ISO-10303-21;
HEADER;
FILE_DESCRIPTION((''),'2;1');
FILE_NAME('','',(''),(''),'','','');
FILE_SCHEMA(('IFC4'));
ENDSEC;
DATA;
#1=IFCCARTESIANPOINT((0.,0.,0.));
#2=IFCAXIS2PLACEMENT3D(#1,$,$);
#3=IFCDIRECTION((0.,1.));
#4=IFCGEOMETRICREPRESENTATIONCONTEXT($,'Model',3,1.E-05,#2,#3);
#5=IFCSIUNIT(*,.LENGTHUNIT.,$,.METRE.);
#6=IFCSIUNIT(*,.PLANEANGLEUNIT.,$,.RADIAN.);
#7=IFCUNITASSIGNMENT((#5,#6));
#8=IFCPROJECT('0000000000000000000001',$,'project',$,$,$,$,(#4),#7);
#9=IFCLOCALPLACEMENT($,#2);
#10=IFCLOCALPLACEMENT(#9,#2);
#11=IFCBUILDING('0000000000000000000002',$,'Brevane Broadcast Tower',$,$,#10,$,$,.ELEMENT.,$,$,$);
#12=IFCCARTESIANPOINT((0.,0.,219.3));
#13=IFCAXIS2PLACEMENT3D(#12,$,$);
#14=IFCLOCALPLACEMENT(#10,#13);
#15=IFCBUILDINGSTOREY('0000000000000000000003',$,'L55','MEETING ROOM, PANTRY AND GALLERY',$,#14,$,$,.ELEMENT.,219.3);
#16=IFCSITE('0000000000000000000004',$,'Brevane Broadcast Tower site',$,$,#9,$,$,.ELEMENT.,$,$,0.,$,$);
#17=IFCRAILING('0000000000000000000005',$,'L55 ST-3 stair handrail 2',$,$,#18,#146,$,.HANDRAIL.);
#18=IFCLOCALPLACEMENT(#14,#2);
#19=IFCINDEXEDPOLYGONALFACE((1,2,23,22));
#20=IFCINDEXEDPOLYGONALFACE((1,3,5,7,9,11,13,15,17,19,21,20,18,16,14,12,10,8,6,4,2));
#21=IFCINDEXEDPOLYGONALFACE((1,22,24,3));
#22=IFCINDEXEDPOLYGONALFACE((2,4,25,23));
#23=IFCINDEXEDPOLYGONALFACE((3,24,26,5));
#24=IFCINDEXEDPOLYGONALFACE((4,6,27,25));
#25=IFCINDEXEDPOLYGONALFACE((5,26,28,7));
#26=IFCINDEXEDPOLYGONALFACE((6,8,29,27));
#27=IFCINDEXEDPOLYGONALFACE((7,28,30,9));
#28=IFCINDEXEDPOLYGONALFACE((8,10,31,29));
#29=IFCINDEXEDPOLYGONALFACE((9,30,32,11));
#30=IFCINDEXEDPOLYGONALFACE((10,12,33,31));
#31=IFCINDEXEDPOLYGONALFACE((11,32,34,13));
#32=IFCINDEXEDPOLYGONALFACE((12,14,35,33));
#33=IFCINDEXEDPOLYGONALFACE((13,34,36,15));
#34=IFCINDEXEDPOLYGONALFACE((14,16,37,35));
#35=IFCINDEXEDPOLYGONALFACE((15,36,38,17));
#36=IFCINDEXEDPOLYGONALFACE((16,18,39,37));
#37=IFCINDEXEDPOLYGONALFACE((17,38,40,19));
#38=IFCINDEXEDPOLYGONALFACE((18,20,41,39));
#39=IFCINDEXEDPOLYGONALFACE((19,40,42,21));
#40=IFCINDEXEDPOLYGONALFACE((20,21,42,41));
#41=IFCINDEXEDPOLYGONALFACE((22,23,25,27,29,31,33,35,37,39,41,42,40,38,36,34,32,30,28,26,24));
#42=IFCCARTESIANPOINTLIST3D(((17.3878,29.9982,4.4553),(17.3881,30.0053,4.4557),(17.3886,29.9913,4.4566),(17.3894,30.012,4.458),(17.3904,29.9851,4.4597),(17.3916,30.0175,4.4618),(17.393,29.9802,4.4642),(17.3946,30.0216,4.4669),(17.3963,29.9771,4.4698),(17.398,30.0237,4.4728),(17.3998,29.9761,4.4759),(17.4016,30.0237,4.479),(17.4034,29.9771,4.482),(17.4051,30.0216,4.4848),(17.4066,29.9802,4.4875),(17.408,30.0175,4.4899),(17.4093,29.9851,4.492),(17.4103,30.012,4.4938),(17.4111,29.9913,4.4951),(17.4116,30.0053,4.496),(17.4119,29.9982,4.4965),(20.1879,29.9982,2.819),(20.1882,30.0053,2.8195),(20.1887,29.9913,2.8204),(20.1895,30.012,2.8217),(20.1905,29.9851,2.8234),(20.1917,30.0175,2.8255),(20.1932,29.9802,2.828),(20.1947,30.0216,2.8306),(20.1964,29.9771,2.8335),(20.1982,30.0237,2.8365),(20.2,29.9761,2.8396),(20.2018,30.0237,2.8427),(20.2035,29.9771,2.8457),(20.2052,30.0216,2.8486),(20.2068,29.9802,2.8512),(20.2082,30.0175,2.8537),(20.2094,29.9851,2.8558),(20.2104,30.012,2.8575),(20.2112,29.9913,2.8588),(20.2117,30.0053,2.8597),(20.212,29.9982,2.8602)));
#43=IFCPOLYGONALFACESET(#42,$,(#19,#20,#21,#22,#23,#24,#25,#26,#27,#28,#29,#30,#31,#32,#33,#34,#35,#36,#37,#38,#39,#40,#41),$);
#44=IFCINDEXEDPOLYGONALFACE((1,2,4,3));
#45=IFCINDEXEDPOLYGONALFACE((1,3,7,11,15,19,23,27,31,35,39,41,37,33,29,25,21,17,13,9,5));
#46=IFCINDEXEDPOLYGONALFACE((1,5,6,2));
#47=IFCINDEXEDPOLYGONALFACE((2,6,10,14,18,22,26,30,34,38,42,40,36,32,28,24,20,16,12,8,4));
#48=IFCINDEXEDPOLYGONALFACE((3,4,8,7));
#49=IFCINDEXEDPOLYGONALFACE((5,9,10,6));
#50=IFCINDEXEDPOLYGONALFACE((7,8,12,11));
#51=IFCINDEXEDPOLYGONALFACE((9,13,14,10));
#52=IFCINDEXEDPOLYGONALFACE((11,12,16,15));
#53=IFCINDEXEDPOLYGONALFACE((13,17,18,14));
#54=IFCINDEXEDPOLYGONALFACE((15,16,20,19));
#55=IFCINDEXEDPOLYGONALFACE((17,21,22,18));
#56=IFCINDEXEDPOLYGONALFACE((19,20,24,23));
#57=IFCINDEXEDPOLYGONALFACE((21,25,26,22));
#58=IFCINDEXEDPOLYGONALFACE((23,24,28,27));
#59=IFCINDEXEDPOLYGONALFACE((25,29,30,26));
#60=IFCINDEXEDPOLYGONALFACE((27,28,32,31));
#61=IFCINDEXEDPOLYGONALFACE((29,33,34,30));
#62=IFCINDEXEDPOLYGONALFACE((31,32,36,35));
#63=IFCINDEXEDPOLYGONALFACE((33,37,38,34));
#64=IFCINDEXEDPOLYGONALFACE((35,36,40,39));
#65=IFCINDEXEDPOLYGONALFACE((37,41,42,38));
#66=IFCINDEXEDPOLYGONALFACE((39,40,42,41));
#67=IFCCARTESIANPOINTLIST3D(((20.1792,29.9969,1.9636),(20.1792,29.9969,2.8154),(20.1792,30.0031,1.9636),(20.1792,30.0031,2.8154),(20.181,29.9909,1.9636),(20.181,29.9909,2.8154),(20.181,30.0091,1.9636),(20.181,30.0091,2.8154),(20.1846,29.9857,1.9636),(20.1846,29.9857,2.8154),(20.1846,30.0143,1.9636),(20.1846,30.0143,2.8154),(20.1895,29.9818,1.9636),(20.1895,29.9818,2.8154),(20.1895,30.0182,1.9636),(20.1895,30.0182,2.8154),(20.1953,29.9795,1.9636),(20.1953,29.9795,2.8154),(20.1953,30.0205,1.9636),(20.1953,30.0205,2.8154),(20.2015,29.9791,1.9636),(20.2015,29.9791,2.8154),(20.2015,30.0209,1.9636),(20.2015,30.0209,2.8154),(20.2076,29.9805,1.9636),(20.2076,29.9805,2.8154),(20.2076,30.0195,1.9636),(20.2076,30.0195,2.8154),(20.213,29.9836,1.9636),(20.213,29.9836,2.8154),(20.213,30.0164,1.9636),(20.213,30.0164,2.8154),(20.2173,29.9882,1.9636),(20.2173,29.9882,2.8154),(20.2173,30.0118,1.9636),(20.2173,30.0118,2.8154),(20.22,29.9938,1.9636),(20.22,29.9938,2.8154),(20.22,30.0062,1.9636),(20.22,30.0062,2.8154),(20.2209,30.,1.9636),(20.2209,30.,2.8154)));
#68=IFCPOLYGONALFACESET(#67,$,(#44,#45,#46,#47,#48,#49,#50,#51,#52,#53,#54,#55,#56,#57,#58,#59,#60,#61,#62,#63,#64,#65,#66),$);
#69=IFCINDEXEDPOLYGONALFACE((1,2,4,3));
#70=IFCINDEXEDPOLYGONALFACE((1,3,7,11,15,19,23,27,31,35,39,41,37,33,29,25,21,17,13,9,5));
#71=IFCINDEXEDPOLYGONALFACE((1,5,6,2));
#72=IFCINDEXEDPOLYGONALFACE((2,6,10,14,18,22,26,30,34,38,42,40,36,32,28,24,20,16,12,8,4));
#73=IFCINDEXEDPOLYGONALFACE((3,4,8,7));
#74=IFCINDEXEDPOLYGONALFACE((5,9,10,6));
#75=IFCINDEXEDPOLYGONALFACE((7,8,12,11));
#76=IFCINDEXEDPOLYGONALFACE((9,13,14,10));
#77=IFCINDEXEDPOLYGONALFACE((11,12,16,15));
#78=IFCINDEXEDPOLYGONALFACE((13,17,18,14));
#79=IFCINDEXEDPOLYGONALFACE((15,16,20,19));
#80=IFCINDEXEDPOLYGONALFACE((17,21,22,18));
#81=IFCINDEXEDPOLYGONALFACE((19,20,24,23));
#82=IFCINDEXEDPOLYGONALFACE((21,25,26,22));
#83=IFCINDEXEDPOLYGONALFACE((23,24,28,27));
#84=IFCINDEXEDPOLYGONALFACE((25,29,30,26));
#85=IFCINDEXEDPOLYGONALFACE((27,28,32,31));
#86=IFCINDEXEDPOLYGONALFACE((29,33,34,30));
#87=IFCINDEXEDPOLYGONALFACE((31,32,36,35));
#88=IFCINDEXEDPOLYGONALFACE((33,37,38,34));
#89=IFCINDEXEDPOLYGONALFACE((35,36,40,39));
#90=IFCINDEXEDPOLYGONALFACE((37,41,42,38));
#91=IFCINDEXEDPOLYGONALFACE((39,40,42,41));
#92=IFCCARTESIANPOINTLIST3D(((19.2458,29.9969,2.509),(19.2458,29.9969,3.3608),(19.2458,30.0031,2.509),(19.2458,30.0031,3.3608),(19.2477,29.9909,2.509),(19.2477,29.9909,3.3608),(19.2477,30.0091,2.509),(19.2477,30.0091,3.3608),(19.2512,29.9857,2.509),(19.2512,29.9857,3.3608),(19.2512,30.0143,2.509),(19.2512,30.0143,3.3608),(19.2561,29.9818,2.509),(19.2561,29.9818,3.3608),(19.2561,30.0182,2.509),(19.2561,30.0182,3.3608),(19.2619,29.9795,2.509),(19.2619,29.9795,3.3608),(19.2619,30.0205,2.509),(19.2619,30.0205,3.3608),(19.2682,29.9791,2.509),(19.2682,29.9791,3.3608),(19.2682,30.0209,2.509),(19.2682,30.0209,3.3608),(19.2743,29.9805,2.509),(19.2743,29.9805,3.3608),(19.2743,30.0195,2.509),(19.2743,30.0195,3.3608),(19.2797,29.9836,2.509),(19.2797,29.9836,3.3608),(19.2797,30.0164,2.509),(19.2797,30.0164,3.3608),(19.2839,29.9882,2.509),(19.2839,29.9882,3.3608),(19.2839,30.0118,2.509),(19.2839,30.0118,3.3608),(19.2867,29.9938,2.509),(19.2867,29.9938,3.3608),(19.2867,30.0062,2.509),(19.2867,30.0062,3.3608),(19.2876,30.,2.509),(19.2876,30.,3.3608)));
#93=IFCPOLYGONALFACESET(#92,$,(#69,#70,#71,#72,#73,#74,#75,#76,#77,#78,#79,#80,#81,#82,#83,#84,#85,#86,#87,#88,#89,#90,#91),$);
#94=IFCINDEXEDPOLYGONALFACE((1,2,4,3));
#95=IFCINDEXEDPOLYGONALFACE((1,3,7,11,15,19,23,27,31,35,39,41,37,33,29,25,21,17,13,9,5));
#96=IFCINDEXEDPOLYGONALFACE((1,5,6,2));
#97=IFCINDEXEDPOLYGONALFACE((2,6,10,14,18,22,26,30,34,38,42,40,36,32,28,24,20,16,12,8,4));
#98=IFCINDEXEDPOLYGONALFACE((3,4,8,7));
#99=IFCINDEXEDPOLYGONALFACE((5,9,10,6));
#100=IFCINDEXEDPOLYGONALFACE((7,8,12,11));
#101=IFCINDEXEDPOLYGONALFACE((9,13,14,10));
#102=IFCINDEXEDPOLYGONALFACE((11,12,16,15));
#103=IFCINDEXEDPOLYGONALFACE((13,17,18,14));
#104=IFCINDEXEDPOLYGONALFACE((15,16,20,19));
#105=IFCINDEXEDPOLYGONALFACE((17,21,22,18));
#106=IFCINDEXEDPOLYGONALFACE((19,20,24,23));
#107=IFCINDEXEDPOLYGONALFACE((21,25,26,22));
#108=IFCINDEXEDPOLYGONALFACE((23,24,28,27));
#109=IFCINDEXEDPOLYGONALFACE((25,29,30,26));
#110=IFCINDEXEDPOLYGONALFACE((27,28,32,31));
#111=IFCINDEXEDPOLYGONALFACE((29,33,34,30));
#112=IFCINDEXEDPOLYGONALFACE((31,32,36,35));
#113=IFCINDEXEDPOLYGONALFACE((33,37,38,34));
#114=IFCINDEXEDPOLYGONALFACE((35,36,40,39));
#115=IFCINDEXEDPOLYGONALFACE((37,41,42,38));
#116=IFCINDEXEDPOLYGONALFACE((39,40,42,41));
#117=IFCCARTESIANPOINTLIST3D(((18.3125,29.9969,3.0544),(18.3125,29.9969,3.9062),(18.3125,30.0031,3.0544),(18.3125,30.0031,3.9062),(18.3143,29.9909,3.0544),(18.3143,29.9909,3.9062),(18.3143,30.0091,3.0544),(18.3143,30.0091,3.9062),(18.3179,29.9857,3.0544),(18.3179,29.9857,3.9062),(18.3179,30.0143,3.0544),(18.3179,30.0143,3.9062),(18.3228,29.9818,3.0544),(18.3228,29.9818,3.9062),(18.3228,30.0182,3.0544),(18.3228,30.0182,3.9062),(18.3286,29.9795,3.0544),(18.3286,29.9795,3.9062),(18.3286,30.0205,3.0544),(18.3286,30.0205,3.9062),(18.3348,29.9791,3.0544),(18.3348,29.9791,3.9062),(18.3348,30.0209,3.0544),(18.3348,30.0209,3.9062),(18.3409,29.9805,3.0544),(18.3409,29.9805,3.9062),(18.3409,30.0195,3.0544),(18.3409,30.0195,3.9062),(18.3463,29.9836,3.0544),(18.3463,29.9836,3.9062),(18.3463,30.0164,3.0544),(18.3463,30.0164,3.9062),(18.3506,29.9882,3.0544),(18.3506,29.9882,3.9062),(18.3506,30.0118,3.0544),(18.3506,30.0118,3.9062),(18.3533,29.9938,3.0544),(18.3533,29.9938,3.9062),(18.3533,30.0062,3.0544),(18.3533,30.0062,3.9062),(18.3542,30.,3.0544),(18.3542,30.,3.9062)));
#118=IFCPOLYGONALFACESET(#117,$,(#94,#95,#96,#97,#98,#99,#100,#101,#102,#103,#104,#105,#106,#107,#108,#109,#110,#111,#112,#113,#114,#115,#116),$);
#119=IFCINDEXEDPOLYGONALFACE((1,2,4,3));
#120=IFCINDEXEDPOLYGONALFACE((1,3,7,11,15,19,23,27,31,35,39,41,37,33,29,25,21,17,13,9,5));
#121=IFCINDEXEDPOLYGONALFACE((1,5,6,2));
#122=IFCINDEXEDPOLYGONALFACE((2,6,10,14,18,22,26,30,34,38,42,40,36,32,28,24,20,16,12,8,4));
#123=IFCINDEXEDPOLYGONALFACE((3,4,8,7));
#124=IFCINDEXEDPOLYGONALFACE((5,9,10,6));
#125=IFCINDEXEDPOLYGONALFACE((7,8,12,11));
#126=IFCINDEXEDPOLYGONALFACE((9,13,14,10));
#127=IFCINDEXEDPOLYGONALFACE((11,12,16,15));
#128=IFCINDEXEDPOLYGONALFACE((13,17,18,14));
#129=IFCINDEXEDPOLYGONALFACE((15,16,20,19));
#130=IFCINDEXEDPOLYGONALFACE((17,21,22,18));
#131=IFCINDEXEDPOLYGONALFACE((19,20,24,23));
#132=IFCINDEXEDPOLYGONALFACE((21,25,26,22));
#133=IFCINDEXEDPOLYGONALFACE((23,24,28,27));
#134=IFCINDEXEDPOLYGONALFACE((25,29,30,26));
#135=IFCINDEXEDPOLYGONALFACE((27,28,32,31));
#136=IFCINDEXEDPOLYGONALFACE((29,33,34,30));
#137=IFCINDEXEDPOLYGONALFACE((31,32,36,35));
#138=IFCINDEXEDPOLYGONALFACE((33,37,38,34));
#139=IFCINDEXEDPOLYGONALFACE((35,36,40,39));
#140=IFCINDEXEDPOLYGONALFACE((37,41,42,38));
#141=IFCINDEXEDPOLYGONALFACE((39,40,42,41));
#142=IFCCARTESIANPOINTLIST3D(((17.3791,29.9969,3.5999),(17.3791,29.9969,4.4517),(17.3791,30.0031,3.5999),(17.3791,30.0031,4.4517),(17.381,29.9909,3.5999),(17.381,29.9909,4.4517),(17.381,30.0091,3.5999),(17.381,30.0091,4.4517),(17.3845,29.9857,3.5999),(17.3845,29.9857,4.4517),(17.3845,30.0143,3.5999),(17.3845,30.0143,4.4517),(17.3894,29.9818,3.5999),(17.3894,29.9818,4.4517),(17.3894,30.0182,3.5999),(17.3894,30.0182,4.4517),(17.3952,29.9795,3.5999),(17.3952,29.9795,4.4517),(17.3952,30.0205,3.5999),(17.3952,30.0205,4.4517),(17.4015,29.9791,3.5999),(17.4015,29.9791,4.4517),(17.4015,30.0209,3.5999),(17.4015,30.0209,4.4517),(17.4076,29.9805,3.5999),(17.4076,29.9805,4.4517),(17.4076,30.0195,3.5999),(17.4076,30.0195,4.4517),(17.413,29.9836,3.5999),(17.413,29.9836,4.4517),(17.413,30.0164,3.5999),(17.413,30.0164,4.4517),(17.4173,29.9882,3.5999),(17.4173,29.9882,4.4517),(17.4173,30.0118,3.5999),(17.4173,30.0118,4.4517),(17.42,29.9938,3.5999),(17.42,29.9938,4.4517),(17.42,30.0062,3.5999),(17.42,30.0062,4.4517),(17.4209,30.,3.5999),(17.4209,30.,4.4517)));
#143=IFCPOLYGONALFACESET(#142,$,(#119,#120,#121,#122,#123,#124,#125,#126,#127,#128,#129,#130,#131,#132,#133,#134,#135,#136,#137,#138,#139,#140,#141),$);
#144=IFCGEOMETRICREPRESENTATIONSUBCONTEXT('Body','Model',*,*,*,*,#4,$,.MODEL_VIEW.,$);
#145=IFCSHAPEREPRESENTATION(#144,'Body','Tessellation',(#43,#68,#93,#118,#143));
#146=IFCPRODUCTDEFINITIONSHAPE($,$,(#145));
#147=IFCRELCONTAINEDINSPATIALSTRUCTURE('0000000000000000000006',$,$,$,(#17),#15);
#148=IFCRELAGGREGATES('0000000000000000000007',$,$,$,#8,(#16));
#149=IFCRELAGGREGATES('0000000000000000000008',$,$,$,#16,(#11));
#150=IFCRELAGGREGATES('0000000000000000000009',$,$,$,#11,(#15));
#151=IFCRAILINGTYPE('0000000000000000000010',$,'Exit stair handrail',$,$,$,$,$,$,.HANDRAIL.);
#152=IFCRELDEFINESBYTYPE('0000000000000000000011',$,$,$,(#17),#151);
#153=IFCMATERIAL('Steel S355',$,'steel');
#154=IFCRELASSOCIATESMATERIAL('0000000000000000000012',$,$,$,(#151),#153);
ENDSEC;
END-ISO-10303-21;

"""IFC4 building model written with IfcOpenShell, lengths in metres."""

from ifc_helpers import new_model, si_unit, direction, frame, origin, origin_2d, place, context, subcontext, project, spatial, circle, extrude, material, type_object, element, save


model = new_model("IFC4")

# Units and contexts
model_context = context("Model", 3, precision=1e-05, world=origin(), true_north=direction((0.0, 1.0)))
body_context = subcontext(model_context, "Body", "Model", "MODEL_VIEW")
ifc_project = project(units=[si_unit("LENGTHUNIT", "METRE"), si_unit("PLANEANGLEUNIT", "RADIAN")], contexts=[model_context])

# Site, building, storey
site_placement = place(None, origin())
site = spatial("IfcSite", under=ifc_project, at=site_placement, Name="Brevane Broadcast Tower site", CompositionType="ELEMENT", RefElevation=0.0)
building_placement = place(site_placement, origin())
building = spatial("IfcBuilding", under=site, at=building_placement, Name="Brevane Broadcast Tower", CompositionType="ELEMENT")
storey_placement = place(building_placement, frame((0.0, 0.0, 219.3)))
storey = spatial("IfcBuildingStorey", under=building, at=storey_placement, Name="L55", Description="MEETING ROOM, PANTRY AND GALLERY", CompositionType="ELEMENT", Elevation=219.3)

# Railing
ifc_material_1 = material(Name="Steel S355", Category="steel")
railing_type_1 = type_object("IfcRailingType", Name="Exit stair handrail", PredefinedType="HANDRAIL", material=ifc_material_1)
railing_1_placement = place(storey_placement, frame((20.2, 30.0, 1.9636)))
element("IfcRailing", 1, at=railing_1_placement, inside=storey, type_object=railing_type_1, Name="L55 ST-3 stair handrail 2", PredefinedType="HANDRAIL", context=body_context, shape_type="SweptSolid", body=[
    extrude(circle(Radius=0.0239, at=origin_2d()), frame((0.0, 0.0, 0.876), z_axis=(-0.863394, 0.0, 0.504531), x_axis=(0.0, -1.0, 0.0)), (0.0, 0.0, 1.0), 3.2432),
    extrude(circle(Radius=0.021, at=origin_2d()), origin(), (0.0, 0.0, 1.0), 0.8518),
    extrude(circle(Radius=0.021, at=origin_2d()), frame((-0.9333, 0.0, 0.5454)), (0.0, 0.0, 1.0), 0.8518),
    extrude(circle(Radius=0.021, at=origin_2d()), frame((-1.8667, 0.0, 1.0908)), (0.0, 0.0, 1.0), 0.8518),
    extrude(circle(Radius=0.021, at=origin_2d()), frame((-2.8, 0.0, 1.6362)), (0.0, 0.0, 1.0), 0.8518),
])

save(model, "model.ifc")
